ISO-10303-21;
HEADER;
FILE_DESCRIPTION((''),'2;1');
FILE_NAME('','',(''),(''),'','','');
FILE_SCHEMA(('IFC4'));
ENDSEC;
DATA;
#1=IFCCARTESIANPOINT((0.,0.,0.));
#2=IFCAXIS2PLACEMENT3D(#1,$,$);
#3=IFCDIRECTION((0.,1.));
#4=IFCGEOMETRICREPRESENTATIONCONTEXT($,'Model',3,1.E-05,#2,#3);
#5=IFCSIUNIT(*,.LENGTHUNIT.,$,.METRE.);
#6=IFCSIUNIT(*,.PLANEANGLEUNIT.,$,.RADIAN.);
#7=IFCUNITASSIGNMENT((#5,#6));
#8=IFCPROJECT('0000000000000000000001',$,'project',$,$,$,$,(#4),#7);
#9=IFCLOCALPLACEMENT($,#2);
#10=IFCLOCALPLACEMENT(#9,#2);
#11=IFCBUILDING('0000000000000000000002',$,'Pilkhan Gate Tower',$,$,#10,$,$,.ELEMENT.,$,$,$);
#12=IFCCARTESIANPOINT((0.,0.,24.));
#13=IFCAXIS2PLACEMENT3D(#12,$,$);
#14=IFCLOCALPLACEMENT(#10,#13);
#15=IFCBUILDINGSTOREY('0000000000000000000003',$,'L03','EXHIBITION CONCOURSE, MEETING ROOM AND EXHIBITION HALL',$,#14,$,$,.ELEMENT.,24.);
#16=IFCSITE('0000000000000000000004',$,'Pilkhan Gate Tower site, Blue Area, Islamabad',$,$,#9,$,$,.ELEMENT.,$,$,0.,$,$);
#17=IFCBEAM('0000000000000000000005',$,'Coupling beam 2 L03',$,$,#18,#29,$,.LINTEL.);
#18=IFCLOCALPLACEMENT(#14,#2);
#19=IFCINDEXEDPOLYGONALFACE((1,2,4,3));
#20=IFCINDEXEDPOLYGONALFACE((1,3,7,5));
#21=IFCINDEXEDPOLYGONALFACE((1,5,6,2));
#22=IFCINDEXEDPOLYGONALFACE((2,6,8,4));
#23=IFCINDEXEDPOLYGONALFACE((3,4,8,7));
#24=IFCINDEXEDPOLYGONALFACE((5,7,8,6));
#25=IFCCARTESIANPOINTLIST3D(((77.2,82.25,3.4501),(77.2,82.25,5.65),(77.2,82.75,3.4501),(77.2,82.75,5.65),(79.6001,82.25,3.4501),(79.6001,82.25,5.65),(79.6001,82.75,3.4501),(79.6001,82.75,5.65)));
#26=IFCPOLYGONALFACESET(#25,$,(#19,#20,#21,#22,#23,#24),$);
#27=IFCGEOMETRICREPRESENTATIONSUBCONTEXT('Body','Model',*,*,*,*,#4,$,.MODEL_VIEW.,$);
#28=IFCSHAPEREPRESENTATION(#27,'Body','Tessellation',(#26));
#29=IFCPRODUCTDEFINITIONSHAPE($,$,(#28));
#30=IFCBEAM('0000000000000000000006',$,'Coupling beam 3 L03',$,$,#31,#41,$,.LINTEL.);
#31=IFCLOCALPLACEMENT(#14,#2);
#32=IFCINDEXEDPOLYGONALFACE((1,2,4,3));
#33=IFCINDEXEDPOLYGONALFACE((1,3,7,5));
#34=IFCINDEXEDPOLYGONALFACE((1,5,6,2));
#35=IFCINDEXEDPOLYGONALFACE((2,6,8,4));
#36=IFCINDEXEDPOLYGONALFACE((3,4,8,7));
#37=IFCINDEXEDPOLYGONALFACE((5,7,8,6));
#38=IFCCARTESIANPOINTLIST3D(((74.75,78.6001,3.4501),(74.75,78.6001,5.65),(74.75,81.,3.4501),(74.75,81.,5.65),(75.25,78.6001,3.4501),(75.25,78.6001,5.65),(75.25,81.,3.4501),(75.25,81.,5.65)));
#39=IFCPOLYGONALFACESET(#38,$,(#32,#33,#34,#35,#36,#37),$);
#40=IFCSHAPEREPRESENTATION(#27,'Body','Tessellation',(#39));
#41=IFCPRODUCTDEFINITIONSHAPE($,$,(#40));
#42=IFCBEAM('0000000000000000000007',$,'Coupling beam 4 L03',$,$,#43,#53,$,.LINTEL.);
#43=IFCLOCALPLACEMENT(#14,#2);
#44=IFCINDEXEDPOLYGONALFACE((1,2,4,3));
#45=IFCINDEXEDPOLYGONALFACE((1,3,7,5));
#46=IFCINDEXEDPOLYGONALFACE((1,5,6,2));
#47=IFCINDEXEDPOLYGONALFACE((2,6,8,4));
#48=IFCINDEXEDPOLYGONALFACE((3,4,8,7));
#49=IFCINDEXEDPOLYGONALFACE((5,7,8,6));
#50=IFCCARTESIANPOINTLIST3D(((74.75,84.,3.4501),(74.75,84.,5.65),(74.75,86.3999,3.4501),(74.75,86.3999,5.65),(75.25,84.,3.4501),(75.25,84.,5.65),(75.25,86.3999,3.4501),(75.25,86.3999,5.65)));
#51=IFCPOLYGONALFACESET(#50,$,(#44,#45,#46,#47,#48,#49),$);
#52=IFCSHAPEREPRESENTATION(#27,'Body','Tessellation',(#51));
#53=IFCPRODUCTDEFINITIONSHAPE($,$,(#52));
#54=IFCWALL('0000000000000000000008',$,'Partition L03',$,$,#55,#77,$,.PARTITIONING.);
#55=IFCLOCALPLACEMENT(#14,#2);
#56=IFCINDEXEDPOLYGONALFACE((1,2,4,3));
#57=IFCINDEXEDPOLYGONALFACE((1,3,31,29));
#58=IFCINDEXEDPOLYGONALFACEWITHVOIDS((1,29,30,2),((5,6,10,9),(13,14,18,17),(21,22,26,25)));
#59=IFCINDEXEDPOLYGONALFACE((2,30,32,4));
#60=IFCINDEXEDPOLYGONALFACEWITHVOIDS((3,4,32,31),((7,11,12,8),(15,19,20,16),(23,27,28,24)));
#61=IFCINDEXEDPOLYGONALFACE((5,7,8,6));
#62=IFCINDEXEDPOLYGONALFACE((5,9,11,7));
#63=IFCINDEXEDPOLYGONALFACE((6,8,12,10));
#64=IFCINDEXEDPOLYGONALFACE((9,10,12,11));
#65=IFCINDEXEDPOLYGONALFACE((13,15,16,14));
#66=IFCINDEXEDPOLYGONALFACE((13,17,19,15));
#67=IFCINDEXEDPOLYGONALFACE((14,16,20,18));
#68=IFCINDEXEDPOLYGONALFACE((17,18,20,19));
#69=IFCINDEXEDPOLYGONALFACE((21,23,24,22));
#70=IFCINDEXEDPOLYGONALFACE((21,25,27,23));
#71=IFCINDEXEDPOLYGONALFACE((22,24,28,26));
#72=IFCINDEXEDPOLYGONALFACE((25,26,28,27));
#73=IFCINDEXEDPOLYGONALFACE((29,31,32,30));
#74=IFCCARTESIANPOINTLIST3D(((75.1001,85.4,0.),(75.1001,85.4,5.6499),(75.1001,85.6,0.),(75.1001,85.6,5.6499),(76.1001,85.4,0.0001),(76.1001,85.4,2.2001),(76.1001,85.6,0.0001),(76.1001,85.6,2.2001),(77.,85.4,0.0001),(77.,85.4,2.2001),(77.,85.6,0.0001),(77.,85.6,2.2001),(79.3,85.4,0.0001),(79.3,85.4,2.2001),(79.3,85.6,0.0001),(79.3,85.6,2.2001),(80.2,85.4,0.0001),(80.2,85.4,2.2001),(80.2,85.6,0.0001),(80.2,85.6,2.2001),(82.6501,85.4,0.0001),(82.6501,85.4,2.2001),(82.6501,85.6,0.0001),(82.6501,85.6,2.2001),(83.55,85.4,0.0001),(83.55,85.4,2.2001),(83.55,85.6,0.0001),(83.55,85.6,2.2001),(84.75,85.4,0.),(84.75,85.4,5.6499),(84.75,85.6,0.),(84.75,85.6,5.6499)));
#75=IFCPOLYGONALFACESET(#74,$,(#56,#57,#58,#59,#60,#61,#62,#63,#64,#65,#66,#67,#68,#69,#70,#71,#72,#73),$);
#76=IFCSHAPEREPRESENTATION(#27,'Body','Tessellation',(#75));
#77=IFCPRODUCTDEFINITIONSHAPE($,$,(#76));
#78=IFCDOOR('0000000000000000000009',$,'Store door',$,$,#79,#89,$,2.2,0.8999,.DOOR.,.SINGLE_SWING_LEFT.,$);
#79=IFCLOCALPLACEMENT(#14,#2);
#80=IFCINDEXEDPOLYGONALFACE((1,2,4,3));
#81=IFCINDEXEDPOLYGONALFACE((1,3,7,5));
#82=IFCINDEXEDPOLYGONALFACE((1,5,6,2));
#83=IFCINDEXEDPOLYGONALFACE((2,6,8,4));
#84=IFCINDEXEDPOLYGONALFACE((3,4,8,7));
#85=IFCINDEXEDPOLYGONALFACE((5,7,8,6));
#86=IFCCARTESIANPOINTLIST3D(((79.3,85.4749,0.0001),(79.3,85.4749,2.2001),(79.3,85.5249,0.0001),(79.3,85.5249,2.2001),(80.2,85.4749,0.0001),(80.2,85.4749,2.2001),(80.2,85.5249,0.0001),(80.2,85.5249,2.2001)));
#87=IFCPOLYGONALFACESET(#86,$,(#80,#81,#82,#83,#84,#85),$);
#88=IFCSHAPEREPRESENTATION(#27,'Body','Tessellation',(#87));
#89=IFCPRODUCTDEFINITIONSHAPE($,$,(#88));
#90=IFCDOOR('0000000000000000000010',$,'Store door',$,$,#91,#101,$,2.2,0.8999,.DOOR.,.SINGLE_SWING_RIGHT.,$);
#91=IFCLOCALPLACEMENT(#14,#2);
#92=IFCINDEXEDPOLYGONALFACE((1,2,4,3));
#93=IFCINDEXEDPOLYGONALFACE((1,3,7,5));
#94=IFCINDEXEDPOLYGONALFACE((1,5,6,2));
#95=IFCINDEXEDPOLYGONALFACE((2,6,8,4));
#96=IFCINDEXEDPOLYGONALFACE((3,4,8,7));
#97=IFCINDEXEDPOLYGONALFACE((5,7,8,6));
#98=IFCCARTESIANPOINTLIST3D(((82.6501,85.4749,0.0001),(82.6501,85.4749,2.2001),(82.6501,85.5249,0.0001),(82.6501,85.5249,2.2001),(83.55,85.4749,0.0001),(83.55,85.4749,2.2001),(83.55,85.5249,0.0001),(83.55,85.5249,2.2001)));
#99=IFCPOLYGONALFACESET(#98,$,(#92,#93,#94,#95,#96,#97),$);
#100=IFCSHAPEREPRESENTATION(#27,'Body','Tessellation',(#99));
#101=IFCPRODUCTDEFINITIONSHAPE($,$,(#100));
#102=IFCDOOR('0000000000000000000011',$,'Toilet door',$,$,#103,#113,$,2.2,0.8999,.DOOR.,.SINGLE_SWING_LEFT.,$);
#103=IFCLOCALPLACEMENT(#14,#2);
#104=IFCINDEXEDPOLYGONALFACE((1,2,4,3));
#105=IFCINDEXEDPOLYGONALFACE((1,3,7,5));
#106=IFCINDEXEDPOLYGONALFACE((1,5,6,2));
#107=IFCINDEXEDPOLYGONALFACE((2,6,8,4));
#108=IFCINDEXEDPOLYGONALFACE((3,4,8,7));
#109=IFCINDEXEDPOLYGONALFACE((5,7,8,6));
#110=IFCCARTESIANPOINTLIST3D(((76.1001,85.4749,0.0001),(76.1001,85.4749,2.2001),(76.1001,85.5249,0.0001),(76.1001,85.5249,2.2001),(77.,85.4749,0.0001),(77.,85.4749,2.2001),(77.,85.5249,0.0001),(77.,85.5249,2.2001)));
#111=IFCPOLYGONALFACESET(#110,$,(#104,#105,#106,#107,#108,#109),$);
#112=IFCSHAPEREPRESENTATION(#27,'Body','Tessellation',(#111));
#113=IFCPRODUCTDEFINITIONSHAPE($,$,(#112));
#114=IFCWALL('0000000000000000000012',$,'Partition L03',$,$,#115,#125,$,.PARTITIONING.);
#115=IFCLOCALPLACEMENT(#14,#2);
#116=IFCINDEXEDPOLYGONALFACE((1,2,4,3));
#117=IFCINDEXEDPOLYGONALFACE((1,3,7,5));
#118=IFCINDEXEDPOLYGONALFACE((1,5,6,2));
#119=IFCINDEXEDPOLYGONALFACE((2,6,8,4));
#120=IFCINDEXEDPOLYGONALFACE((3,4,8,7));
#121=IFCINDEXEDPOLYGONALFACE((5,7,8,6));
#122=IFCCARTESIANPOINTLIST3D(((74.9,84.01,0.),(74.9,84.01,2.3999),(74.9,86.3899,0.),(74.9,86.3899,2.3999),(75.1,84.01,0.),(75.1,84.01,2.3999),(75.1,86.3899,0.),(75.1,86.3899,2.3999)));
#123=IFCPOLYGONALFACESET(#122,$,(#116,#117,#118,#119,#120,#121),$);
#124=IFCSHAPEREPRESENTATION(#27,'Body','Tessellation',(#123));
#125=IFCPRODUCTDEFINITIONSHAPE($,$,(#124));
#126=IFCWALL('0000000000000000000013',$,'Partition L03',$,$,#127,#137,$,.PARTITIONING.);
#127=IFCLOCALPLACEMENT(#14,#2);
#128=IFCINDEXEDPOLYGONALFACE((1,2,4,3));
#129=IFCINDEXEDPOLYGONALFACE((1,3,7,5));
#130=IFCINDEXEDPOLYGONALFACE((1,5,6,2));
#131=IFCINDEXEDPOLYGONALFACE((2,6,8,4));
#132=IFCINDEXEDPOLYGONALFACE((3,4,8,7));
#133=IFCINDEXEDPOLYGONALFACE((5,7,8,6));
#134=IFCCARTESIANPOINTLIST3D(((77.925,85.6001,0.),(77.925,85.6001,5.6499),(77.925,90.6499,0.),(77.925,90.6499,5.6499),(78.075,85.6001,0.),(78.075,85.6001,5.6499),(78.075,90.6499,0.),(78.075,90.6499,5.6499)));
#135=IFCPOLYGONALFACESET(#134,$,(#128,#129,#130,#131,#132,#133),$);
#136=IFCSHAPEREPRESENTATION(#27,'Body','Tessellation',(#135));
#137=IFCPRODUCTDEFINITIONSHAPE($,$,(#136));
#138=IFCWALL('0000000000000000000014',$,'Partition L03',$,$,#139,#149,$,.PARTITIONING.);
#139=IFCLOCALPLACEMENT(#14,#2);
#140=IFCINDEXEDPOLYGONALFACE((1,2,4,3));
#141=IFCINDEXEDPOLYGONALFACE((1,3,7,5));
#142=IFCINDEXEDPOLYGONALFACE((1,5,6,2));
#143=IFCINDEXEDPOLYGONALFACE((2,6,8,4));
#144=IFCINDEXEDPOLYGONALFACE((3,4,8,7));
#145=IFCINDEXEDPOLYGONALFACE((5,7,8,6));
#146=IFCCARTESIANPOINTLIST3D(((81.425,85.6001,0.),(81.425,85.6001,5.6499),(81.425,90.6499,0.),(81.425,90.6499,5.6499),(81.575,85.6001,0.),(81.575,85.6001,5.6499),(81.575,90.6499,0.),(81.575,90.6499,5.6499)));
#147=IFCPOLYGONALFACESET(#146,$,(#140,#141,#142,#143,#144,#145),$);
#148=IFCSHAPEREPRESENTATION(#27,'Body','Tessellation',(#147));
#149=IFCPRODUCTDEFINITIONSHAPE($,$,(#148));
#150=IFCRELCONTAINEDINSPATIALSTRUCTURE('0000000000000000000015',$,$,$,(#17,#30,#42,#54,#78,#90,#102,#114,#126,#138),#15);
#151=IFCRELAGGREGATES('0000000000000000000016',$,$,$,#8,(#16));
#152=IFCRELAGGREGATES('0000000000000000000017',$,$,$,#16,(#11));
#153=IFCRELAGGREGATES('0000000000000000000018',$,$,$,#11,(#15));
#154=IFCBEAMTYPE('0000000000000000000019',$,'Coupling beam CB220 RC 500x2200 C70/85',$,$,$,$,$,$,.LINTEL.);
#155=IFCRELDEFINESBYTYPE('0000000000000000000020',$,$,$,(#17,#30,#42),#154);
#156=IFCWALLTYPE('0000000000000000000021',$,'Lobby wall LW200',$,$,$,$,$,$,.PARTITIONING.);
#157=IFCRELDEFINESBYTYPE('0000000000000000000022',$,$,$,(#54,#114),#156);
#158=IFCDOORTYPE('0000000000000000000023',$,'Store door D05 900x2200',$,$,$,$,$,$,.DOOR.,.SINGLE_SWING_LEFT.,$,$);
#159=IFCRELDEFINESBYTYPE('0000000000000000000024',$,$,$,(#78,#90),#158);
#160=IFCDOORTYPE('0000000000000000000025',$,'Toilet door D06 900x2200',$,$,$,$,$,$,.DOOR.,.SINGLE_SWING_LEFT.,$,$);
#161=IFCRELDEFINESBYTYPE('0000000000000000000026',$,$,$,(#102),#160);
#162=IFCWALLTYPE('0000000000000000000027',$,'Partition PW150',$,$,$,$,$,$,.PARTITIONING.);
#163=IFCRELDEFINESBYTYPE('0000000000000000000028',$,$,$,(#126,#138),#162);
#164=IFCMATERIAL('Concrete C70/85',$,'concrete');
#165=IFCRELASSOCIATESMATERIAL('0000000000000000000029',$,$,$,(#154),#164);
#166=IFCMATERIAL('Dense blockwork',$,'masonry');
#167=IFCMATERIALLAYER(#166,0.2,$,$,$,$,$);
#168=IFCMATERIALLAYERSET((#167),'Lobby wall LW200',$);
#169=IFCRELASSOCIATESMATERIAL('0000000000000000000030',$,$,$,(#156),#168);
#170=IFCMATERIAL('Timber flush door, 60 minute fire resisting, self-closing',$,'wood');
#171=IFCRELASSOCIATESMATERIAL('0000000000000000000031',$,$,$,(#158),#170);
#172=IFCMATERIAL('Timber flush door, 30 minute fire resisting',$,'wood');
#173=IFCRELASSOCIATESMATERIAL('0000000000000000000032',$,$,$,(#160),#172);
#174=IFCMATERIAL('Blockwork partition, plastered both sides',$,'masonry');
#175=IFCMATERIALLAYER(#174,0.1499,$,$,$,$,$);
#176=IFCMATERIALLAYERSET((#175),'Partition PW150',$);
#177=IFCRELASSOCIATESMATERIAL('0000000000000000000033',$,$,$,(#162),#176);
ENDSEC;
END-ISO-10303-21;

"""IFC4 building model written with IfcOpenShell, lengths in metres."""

from ifc_helpers import new_model, si_unit, direction, frame, frame_2d, origin, origin_2d, place, context, subcontext, project, spatial, rectangle, extrude, material, layer, layer_set, material_profile, profile_set, type_object, element, fill, save


model = new_model("IFC4")

# Units and contexts
model_context = context("Model", 3, precision=1e-05, world=origin(), true_north=direction((0.0, 1.0)))
body_context = subcontext(model_context, "Body", "Model", "MODEL_VIEW")
ifc_project = project(units=[si_unit("LENGTHUNIT", "METRE"), si_unit("PLANEANGLEUNIT", "RADIAN")], contexts=[model_context])

# Site, building, storey
site_placement = place(None, origin())
site = spatial("IfcSite", under=ifc_project, at=site_placement, Name="Pilkhan Gate Tower site, Blue Area, Islamabad", CompositionType="ELEMENT", RefElevation=0.0)
building_placement = place(site_placement, origin())
building = spatial("IfcBuilding", under=site, at=building_placement, Name="Pilkhan Gate Tower", CompositionType="ELEMENT")
storey_placement = place(building_placement, frame((0.0, 0.0, 24.0)))
storey = spatial("IfcBuildingStorey", under=building, at=storey_placement, Name="L03", Description="EXHIBITION CONCOURSE, MEETING ROOM AND EXHIBITION HALL", CompositionType="ELEMENT", Elevation=24.0)

# Beams
ifc_material_1 = material(Name="Concrete C70/85", Category="concrete")
ifc_material_profile = material_profile(ifc_material_1, rectangle(XDim=0.5, YDim=2.2, at=origin_2d()), Name="RC 500x2200")
ifc_profile_set = profile_set([ifc_material_profile], Name="Concrete C70/85")
beam_type = type_object("IfcBeamType", Name="Coupling beam CB220 RC 500x2200 C70/85", PredefinedType="LINTEL", material=ifc_profile_set)
beam_placement = place(storey_placement, frame((77.2, 82.5, 4.55), z_axis=(1.0, 0.0, 0.0), x_axis=(0.0, 1.0, 0.0)))
element("IfcBeam", 1, at=beam_placement, inside=storey, type_object=beam_type, Name="Coupling beam 2 L03", PredefinedType="LINTEL", context=body_context, shape_type="SweptSolid", body=[
    extrude(rectangle(XDim=0.5, YDim=2.2, at=origin_2d()), origin(), (0.0, 0.0, 1.0), 2.4001),
])
for number, where, z_axis, x_axis, name in (
    (2, (75.0, 78.6001, 4.55), (0.0, 1.0, 0.0), (-1.0, 0.0, 0.0), "Coupling beam 3 L03"),
    (3, (75.0, 84.0, 4.55), (0.0, 1.0, 0.0), (-1.0, 0.0, 0.0), "Coupling beam 4 L03"),
):
    element("IfcBeam", number, at=place(storey_placement, frame(where, z_axis=z_axis, x_axis=x_axis)), inside=storey, type_object=beam_type, Name=name, PredefinedType="LINTEL", context=body_context, shape_type="SweptSolid", body=[
        extrude(rectangle(XDim=0.5, YDim=2.2, at=origin_2d()), origin(), (0.0, 0.0, 1.0), 2.3999),
    ])

# Wall, openings, doors
ifc_material_2 = material(Name="Dense blockwork", Category="masonry")
ifc_layer_1 = layer(ifc_material_2, 0.2)
ifc_layer_set_1 = layer_set([ifc_layer_1], Name="Lobby wall LW200")
wall_type_1 = type_object("IfcWallType", Name="Lobby wall LW200", PredefinedType="PARTITIONING", material=ifc_layer_set_1)
wall_1_placement = place(storey_placement, frame((75.1001, 85.5, 0.0), z_axis=(0.0, 0.0, 1.0), x_axis=(1.0, 0.0, 0.0)))
wall_1 = element("IfcWall", 4, at=wall_1_placement, inside=storey, type_object=wall_type_1, Name="Partition L03", PredefinedType="PARTITIONING", context=body_context, shape_type="SweptSolid", body=[
    extrude(rectangle(XDim=9.6499, YDim=0.2, at=frame_2d((4.825, 0.0))), origin(), (0.0, 0.0, 1.0), 5.6499),
])
opening_1_placement = place(wall_1_placement, frame((1.0, 0.0, 0.0)))
opening_1 = element("IfcOpeningElement", 5, at=opening_1_placement, cuts=wall_1, PredefinedType="OPENING", context=body_context, shape_type="SweptSolid", body=[
    extrude(rectangle(XDim=0.8999, YDim=2.2, at=frame_2d((0.45, 1.1001))), frame((0.0, 0.1099, 0.0), z_axis=(0.0, -1.0, 0.0), x_axis=(1.0, 0.0, 0.0)), (0.0, 0.0, 1.0), 0.22),
])
opening_2_placement = place(wall_1_placement, frame((4.2, 0.0, 0.0)))
opening_2 = element("IfcOpeningElement", 6, at=opening_2_placement, cuts=wall_1, PredefinedType="OPENING", context=body_context, shape_type="SweptSolid", body=[
    extrude(rectangle(XDim=0.8999, YDim=2.2, at=frame_2d((0.45, 1.1001))), frame((0.0, 0.1099, 0.0), z_axis=(0.0, -1.0, 0.0), x_axis=(1.0, 0.0, 0.0)), (0.0, 0.0, 1.0), 0.22),
])
opening_3_placement = place(wall_1_placement, frame((7.55, 0.0, 0.0)))
opening_3 = element("IfcOpeningElement", 7, at=opening_3_placement, cuts=wall_1, PredefinedType="OPENING", context=body_context, shape_type="SweptSolid", body=[
    extrude(rectangle(XDim=0.8999, YDim=2.2, at=frame_2d((0.45, 1.1001))), frame((0.0, 0.1099, 0.0), z_axis=(0.0, -1.0, 0.0), x_axis=(1.0, 0.0, 0.0)), (0.0, 0.0, 1.0), 0.22),
])
ifc_material_3 = material(Name="Timber flush door, 60 minute fire resisting, self-closing", Category="wood")
door_type_1 = type_object("IfcDoorType", Name="Store door D05 900x2200", OperationType="SINGLE_SWING_LEFT", PredefinedType="DOOR", material=ifc_material_3)
door_1_placement = place(opening_2_placement, origin())
door_1 = element("IfcDoor", 8, at=door_1_placement, inside=storey, type_object=door_type_1, Name="Store door", OperationType="SINGLE_SWING_LEFT", OverallHeight=2.2, OverallWidth=0.8999, PredefinedType="DOOR", context=body_context, shape_type="SweptSolid", body=[
    extrude(rectangle(XDim=0.8999, YDim=2.2, at=frame_2d((0.45, 1.1001))), frame((0.0, 0.0249, 0.0), z_axis=(0.0, -1.0, 0.0), x_axis=(1.0, 0.0, 0.0)), (0.0, 0.0, 1.0), 0.05),
])
fill(opening_2, door_1)
door_2_placement = place(opening_3_placement, origin())
door_2 = element("IfcDoor", 9, at=door_2_placement, inside=storey, type_object=door_type_1, Name="Store door", OperationType="SINGLE_SWING_RIGHT", OverallHeight=2.2, OverallWidth=0.8999, PredefinedType="DOOR", context=body_context, shape_type="SweptSolid", body=[
    extrude(rectangle(XDim=0.8999, YDim=2.2, at=frame_2d((0.45, 1.1001))), frame((0.0, 0.0249, 0.0), z_axis=(0.0, -1.0, 0.0), x_axis=(1.0, 0.0, 0.0)), (0.0, 0.0, 1.0), 0.05),
])
fill(opening_3, door_2)
ifc_material_4 = material(Name="Timber flush door, 30 minute fire resisting", Category="wood")
door_type_2 = type_object("IfcDoorType", Name="Toilet door D06 900x2200", OperationType="SINGLE_SWING_LEFT", PredefinedType="DOOR", material=ifc_material_4)
door_3_placement = place(opening_1_placement, origin())
door_3 = element("IfcDoor", 10, at=door_3_placement, inside=storey, type_object=door_type_2, Name="Toilet door", OperationType="SINGLE_SWING_LEFT", OverallHeight=2.2, OverallWidth=0.8999, PredefinedType="DOOR", context=body_context, shape_type="SweptSolid", body=[
    extrude(rectangle(XDim=0.8999, YDim=2.2, at=frame_2d((0.45, 1.1001))), frame((0.0, 0.0249, 0.0), z_axis=(0.0, -1.0, 0.0), x_axis=(1.0, 0.0, 0.0)), (0.0, 0.0, 1.0), 0.05),
])
fill(opening_1, door_3)

# Walls
wall_2_placement = place(storey_placement, frame((75.0, 84.01, 0.0), z_axis=(0.0, 0.0, 1.0), x_axis=(0.0, 1.0, 0.0)))
element("IfcWall", 11, at=wall_2_placement, inside=storey, type_object=wall_type_1, Name="Partition L03", PredefinedType="PARTITIONING", context=body_context, shape_type="SweptSolid", body=[
    extrude(rectangle(XDim=2.3799, YDim=0.2, at=frame_2d((1.1899, 0.0))), origin(), (0.0, 0.0, 1.0), 2.3999),
])
ifc_material_5 = material(Name="Blockwork partition, plastered both sides", Category="masonry")
ifc_layer_2 = layer(ifc_material_5, 0.1499)
ifc_layer_set_2 = layer_set([ifc_layer_2], Name="Partition PW150")
wall_type_2 = type_object("IfcWallType", Name="Partition PW150", PredefinedType="PARTITIONING", material=ifc_layer_set_2)
for number, where, z_axis, x_axis, name in (
    (12, (78.0, 85.6001, 0.0), (0.0, 0.0, 1.0), (0.0, 1.0, 0.0), "Partition L03"),
    (13, (81.5, 85.6001, 0.0), (0.0, 0.0, 1.0), (0.0, 1.0, 0.0), "Partition L03"),
):
    element("IfcWall", number, at=place(storey_placement, frame(where, z_axis=z_axis, x_axis=x_axis)), inside=storey, type_object=wall_type_2, Name=name, PredefinedType="PARTITIONING", context=body_context, shape_type="SweptSolid", body=[
        extrude(rectangle(XDim=5.0498, YDim=0.1499, at=frame_2d((2.5249, 0.0))), origin(), (0.0, 0.0, 1.0), 5.6499),
    ])

save(model, "model.ifc")
